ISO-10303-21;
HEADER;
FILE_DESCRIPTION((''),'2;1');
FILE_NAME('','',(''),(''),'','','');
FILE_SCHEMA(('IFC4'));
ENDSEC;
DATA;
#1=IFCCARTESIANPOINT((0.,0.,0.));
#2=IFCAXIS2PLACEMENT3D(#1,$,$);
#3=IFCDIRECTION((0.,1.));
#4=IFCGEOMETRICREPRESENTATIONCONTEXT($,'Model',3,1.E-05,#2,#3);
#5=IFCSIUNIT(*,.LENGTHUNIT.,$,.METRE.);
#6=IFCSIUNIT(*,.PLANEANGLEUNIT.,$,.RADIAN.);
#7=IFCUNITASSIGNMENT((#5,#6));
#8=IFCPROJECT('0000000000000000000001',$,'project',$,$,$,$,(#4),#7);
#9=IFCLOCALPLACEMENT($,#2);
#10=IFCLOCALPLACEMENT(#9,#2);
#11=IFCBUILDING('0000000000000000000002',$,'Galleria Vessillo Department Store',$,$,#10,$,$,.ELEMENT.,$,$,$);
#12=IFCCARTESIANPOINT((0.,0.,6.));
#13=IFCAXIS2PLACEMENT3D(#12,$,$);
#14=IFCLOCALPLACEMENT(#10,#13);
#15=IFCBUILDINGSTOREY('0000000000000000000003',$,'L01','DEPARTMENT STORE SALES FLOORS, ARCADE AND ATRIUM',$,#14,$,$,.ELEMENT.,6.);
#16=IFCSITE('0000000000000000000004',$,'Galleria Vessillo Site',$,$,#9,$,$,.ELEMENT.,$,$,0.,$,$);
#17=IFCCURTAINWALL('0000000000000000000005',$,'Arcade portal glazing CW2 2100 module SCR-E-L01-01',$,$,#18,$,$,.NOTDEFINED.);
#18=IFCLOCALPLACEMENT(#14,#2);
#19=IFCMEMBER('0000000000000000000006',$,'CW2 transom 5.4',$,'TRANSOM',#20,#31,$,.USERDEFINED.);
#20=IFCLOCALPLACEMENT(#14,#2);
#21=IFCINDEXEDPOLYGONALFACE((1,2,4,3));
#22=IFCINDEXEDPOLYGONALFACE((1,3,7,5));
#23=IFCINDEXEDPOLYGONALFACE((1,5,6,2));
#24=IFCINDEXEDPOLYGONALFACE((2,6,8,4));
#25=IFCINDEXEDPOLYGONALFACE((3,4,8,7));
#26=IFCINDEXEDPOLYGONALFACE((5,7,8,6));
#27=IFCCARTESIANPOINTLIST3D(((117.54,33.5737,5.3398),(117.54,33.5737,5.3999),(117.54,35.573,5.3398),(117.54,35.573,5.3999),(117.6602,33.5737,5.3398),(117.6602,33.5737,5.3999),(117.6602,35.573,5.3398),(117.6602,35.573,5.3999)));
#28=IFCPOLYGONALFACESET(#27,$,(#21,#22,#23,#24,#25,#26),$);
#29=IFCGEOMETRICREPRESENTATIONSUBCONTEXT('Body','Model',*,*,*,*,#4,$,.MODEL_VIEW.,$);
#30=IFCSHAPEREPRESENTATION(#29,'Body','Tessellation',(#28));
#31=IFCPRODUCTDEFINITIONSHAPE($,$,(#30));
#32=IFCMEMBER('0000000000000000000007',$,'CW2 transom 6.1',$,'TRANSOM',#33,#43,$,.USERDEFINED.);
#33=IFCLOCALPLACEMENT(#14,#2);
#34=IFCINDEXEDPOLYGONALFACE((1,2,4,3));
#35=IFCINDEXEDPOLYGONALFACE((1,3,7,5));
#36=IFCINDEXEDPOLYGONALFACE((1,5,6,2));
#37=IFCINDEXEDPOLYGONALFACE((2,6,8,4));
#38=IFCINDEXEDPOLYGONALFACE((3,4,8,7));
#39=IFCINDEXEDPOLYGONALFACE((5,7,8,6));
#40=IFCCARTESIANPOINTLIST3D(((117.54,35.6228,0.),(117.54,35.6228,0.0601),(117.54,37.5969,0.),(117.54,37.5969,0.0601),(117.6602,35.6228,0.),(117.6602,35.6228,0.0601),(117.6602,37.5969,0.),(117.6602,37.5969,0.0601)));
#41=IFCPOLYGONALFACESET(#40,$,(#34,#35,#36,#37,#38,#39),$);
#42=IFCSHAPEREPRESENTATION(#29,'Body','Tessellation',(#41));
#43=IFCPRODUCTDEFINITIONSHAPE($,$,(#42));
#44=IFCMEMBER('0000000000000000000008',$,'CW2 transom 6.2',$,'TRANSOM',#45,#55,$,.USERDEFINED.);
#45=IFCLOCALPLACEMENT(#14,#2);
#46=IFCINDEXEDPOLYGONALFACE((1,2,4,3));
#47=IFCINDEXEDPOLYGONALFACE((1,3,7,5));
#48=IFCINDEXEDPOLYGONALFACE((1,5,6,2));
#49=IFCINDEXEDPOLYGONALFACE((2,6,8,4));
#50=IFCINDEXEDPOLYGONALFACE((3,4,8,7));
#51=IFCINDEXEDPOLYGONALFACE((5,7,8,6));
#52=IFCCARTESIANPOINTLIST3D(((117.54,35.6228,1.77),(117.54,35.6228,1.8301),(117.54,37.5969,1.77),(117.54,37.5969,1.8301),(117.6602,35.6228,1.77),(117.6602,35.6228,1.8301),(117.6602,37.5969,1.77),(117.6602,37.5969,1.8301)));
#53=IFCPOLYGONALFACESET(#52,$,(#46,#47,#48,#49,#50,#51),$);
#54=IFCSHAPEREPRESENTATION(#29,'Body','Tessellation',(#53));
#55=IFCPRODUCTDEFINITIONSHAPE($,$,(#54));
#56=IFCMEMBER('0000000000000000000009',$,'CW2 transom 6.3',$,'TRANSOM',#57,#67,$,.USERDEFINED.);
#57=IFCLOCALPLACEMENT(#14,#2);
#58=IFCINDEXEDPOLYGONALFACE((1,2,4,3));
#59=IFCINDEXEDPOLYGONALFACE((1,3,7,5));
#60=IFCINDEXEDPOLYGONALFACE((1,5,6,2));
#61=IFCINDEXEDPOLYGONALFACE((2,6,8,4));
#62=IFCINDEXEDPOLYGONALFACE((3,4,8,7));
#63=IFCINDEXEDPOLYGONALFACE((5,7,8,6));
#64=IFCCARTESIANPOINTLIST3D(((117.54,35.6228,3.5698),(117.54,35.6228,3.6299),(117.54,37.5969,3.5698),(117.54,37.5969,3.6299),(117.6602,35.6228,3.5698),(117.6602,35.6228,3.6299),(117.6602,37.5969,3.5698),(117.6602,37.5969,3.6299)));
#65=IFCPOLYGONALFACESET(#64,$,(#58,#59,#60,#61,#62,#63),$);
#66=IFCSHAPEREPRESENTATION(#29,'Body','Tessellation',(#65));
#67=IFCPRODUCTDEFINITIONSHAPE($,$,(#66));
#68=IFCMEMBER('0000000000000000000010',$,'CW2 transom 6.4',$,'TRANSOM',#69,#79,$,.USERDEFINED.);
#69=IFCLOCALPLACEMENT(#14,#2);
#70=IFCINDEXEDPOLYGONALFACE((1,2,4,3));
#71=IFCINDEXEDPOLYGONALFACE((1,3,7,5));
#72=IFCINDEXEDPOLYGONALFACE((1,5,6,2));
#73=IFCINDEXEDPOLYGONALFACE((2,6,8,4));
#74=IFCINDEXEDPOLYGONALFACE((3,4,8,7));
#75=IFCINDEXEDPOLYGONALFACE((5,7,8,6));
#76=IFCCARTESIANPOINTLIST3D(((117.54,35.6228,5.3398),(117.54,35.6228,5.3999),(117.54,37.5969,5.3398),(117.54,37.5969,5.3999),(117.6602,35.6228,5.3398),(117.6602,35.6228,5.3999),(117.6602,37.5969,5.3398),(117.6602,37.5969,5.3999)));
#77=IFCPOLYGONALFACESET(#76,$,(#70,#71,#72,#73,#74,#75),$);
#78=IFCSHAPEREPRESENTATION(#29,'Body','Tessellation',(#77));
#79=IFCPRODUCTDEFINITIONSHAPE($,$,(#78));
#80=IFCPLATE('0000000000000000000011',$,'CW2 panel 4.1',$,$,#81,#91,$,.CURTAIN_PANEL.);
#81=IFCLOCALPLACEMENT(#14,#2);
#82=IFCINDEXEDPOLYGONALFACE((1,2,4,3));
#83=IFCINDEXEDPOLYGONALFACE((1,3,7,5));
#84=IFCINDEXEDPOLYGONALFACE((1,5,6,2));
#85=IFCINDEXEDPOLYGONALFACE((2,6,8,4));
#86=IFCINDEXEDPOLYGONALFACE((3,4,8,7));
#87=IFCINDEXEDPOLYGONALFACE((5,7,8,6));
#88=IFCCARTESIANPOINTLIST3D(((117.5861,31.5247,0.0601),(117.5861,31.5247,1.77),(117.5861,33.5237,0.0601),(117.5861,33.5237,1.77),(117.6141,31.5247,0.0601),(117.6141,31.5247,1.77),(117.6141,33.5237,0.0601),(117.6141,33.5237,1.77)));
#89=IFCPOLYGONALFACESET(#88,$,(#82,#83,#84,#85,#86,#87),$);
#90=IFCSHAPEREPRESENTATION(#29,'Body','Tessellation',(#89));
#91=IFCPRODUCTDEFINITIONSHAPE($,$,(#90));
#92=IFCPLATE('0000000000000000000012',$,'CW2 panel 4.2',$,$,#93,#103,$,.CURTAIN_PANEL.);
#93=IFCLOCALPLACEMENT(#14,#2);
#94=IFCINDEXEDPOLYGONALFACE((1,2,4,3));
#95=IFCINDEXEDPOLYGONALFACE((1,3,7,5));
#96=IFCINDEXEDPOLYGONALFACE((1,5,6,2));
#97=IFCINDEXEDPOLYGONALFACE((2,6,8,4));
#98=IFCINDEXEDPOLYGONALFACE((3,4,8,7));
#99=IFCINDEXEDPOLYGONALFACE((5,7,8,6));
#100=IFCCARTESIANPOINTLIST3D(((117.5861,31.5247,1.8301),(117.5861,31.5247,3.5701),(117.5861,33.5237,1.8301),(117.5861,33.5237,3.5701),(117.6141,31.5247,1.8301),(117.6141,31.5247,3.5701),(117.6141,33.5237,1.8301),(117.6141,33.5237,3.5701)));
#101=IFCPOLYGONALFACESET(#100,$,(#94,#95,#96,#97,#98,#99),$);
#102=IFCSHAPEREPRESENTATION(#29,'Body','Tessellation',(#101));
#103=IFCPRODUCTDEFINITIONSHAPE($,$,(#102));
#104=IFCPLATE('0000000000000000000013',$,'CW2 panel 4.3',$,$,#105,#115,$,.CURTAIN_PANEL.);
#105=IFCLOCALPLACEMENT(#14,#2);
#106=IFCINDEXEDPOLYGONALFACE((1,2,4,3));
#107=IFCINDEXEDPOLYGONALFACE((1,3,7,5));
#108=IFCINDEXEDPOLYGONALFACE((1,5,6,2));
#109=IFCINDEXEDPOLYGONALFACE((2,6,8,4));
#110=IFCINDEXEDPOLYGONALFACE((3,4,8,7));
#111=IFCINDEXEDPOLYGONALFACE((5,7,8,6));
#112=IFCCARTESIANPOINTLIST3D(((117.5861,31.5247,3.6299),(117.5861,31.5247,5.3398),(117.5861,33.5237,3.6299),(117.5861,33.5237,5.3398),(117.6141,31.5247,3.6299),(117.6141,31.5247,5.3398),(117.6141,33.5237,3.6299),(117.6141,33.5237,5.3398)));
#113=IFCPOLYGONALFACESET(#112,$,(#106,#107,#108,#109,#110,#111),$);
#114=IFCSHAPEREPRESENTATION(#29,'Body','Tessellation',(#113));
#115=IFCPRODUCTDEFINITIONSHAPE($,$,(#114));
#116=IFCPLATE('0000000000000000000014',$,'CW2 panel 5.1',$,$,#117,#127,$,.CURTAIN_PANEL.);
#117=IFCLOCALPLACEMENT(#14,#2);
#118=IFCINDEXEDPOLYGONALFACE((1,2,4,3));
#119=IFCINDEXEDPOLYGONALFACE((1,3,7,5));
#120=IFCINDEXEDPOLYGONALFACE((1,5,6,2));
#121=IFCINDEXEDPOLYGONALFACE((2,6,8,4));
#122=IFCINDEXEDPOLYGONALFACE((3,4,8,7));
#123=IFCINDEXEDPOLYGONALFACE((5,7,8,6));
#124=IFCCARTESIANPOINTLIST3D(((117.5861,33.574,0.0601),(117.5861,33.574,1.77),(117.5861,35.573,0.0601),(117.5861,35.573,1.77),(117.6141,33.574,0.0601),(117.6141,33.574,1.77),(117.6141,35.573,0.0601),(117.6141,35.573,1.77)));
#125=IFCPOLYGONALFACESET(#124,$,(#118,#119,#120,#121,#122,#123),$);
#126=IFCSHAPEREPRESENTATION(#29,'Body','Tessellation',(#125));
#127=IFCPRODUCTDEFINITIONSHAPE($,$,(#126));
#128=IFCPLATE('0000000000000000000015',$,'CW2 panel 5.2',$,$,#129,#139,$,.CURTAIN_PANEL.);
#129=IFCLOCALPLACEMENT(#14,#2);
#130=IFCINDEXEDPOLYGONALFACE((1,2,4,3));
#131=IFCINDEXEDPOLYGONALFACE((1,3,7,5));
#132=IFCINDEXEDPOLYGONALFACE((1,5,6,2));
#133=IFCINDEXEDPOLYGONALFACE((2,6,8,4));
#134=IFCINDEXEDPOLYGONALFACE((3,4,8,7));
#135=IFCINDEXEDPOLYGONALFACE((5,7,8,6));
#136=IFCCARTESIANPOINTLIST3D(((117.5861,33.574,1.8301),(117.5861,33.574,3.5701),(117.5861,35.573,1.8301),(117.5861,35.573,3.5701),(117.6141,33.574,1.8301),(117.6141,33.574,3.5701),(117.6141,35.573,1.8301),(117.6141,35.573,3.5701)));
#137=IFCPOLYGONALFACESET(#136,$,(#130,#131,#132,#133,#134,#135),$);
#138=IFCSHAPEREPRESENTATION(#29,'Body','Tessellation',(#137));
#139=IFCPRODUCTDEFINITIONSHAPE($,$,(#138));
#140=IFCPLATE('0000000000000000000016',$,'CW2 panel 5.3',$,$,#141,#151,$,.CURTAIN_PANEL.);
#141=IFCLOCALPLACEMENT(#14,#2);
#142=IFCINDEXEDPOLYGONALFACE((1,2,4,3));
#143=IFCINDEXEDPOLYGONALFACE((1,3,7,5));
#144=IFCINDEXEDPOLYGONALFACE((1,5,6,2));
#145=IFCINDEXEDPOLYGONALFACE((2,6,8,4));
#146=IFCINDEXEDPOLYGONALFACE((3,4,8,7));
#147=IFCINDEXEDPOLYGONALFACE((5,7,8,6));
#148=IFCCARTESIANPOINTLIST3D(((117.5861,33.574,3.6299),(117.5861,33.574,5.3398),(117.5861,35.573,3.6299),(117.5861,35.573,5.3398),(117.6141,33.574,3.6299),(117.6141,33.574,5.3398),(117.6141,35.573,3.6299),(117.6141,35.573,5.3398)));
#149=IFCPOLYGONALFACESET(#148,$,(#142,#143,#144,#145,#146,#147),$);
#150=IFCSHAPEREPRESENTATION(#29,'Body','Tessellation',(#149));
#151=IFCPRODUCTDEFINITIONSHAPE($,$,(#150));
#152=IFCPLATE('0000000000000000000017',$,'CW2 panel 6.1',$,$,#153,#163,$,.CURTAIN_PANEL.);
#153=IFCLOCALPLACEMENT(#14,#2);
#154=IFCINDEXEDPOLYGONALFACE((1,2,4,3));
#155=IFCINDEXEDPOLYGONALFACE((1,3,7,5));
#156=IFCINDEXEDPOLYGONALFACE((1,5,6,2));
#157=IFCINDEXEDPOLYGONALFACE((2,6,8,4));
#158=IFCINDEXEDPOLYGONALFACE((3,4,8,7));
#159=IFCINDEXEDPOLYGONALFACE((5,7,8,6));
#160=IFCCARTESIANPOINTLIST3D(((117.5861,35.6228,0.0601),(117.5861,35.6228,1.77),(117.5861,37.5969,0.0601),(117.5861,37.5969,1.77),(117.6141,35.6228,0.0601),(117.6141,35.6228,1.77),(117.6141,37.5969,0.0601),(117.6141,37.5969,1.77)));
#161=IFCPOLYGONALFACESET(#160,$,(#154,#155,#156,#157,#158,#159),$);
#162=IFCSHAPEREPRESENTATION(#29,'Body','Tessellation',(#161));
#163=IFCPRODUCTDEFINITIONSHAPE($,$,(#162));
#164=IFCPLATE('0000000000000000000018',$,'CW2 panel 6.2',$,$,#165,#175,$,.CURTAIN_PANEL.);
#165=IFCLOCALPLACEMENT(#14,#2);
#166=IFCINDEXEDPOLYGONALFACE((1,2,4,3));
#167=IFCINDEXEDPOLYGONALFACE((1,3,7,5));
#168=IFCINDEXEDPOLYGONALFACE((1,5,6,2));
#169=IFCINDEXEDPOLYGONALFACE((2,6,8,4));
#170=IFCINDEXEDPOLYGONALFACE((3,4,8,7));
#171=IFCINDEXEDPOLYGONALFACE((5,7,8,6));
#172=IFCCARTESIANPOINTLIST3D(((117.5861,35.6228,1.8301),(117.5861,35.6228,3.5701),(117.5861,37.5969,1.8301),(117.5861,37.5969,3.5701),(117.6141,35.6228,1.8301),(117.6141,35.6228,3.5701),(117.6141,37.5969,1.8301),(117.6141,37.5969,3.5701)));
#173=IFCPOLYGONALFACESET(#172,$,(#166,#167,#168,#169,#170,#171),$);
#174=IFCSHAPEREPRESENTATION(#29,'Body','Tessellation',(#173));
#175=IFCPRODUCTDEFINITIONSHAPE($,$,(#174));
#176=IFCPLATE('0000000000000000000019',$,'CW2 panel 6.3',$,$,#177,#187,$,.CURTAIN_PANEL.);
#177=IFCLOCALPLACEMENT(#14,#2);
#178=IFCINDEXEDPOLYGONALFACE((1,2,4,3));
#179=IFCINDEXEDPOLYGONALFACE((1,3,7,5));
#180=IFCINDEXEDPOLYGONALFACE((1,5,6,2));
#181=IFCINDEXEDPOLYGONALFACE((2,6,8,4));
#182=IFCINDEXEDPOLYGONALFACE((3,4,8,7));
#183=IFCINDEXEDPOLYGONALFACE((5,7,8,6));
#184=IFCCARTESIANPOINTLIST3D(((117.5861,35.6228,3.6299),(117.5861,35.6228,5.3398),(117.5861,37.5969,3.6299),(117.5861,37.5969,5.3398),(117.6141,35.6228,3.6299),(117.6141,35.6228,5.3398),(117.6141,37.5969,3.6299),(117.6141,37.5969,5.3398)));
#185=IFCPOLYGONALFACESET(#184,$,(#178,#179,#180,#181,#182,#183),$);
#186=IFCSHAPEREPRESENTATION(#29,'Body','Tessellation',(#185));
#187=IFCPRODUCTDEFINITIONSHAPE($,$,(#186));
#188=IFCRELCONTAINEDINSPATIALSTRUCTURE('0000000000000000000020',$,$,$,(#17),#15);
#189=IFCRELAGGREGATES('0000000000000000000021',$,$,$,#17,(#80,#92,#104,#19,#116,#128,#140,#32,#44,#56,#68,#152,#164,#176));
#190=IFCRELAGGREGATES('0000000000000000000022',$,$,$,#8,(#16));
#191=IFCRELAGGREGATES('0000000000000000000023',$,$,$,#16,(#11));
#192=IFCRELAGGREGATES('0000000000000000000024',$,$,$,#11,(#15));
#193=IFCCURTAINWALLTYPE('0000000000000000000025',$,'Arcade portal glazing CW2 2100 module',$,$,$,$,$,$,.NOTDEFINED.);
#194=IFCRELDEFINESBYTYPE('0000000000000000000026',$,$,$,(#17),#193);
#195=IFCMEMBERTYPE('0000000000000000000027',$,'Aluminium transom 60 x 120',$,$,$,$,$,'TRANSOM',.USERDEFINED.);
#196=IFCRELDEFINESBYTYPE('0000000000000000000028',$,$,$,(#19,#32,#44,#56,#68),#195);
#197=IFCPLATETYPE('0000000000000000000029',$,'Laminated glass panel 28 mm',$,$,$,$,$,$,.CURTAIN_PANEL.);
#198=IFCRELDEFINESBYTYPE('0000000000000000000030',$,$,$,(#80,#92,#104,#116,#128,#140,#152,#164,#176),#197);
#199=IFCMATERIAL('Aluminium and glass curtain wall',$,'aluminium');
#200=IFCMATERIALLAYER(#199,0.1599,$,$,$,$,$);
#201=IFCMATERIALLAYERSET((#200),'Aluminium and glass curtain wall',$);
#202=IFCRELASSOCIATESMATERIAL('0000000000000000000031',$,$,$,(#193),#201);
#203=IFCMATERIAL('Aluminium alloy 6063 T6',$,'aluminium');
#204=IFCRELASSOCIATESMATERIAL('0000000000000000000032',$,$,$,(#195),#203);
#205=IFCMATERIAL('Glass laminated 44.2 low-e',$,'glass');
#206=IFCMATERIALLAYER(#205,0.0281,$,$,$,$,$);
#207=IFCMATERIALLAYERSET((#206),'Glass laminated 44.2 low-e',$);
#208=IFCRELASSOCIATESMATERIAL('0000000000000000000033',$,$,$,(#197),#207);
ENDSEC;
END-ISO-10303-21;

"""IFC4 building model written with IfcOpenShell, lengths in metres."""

from ifc_helpers import new_model, si_unit, direction, frame, origin, origin_2d, place, context, subcontext, project, spatial, rectangle, extrude, material, layer, layer_set, material_profile, profile_set, type_object, element, aggregate, save


model = new_model("IFC4")

# Units and contexts
model_context = context("Model", 3, precision=1e-05, world=origin(), true_north=direction((0.0, 1.0)))
body_context = subcontext(model_context, "Body", "Model", "MODEL_VIEW")
ifc_project = project(units=[si_unit("LENGTHUNIT", "METRE"), si_unit("PLANEANGLEUNIT", "RADIAN")], contexts=[model_context])

# Site, building, storey
site_placement = place(None, origin())
site = spatial("IfcSite", under=ifc_project, at=site_placement, Name="Galleria Vessillo Site", CompositionType="ELEMENT", RefElevation=0.0)
building_placement = place(site_placement, origin())
building = spatial("IfcBuilding", under=site, at=building_placement, Name="Galleria Vessillo Department Store", CompositionType="ELEMENT")
storey_placement = place(building_placement, frame((0.0, 0.0, 6.0)))
storey = spatial("IfcBuildingStorey", under=building, at=storey_placement, Name="L01", Description="DEPARTMENT STORE SALES FLOORS, ARCADE AND ATRIUM", CompositionType="ELEMENT", Elevation=6.0)

# Curtain wall, members, plates
ifc_material_1 = material(Name="Aluminium and glass curtain wall", Category="aluminium")
ifc_layer_1 = layer(ifc_material_1, 0.1599)
ifc_layer_set_1 = layer_set([ifc_layer_1], Name="Aluminium and glass curtain wall")
curtain_wall_type = type_object("IfcCurtainWallType", Name="Arcade portal glazing CW2 2100 module", PredefinedType="NOTDEFINED", material=ifc_layer_set_1)
curtain_wall_placement = place(storey_placement, origin())
curtain_wall = element("IfcCurtainWall", 1, at=curtain_wall_placement, inside=storey, type_object=curtain_wall_type, Name="Arcade portal glazing CW2 2100 module SCR-E-L01-01", PredefinedType="NOTDEFINED")
ifc_material_2 = material(Name="Aluminium alloy 6063 T6", Category="aluminium")
ifc_material_profile_1 = material_profile(ifc_material_2, rectangle(XDim=0.1201, YDim=0.0601, at=origin_2d()), Name="AL 60x120")
ifc_profile_set_1 = profile_set([ifc_material_profile_1], Name="Aluminium alloy 6063 T6")
member_type_1 = type_object("IfcMemberType", Name="Aluminium transom 60 x 120", ElementType="TRANSOM", PredefinedType="USERDEFINED", material=ifc_profile_set_1)
member_1_placement = place(storey_placement, frame((117.6001, 33.5737, 5.3699), z_axis=(0.0, 1.0, 0.0), x_axis=(-1.0, 0.0, 0.0)))
member_1 = element("IfcMember", 2, at=member_1_placement, type_object=member_type_1, Name="CW2 transom 5.4", ObjectType="TRANSOM", PredefinedType="USERDEFINED", context=body_context, shape_type="SweptSolid", body=[
    extrude(rectangle(XDim=0.1201, YDim=0.0601, at=origin_2d()), origin(), (0.0, 0.0, 1.0), 1.9993),
])
member_2_placement = place(storey_placement, frame((117.6001, 35.6228, 0.03), z_axis=(0.0, 1.0, 0.0), x_axis=(-1.0, 0.0, 0.0)))
member_2 = element("IfcMember", 3, at=member_2_placement, type_object=member_type_1, Name="CW2 transom 6.1", ObjectType="TRANSOM", PredefinedType="USERDEFINED", context=body_context, shape_type="SweptSolid", body=[
    extrude(rectangle(XDim=0.1201, YDim=0.0601, at=origin_2d()), origin(), (0.0, 0.0, 1.0), 1.9741),
])
member_3_placement = place(storey_placement, frame((117.6001, 35.6228, 1.8), z_axis=(0.0, 1.0, 0.0), x_axis=(-1.0, 0.0, 0.0)))
member_3 = element("IfcMember", 4, at=member_3_placement, type_object=member_type_1, Name="CW2 transom 6.2", ObjectType="TRANSOM", PredefinedType="USERDEFINED", context=body_context, shape_type="SweptSolid", body=[
    extrude(rectangle(XDim=0.1201, YDim=0.0601, at=origin_2d()), origin(), (0.0, 0.0, 1.0), 1.9741),
])
member_4_placement = place(storey_placement, frame((117.6001, 35.6228, 3.5999), z_axis=(0.0, 1.0, 0.0), x_axis=(-1.0, 0.0, 0.0)))
member_4 = element("IfcMember", 5, at=member_4_placement, type_object=member_type_1, Name="CW2 transom 6.3", ObjectType="TRANSOM", PredefinedType="USERDEFINED", context=body_context, shape_type="SweptSolid", body=[
    extrude(rectangle(XDim=0.1201, YDim=0.0601, at=origin_2d()), origin(), (0.0, 0.0, 1.0), 1.9741),
])
member_5_placement = place(storey_placement, frame((117.6001, 35.6228, 5.3699), z_axis=(0.0, 1.0, 0.0), x_axis=(-1.0, 0.0, 0.0)))
member_5 = element("IfcMember", 6, at=member_5_placement, type_object=member_type_1, Name="CW2 transom 6.4", ObjectType="TRANSOM", PredefinedType="USERDEFINED", context=body_context, shape_type="SweptSolid", body=[
    extrude(rectangle(XDim=0.1201, YDim=0.0601, at=origin_2d()), origin(), (0.0, 0.0, 1.0), 1.9741),
])
ifc_material_3 = material(Name="Glass laminated 44.2 low-e", Category="glass")
ifc_layer_2 = layer(ifc_material_3, 0.0281)
ifc_layer_set_2 = layer_set([ifc_layer_2], Name="Glass laminated 44.2 low-e")
plate_type = type_object("IfcPlateType", Name="Laminated glass panel 28 mm", PredefinedType="CURTAIN_PANEL", material=ifc_layer_set_2)
plate_1_placement = place(storey_placement, frame((117.6001, 32.5242, 0.0601), z_axis=(0.0, 0.0, 1.0), x_axis=(0.0, 1.0, 0.0)))
plate_1 = element("IfcPlate", 7, at=plate_1_placement, type_object=plate_type, Name="CW2 panel 4.1", PredefinedType="CURTAIN_PANEL", context=body_context, shape_type="SweptSolid", body=[
    extrude(rectangle(XDim=1.999, YDim=0.0281, at=origin_2d()), origin(), (0.0, 0.0, 1.0), 1.71),
])
plate_2_placement = place(storey_placement, frame((117.6001, 32.5242, 1.8301), z_axis=(0.0, 0.0, 1.0), x_axis=(0.0, 1.0, 0.0)))
plate_2 = element("IfcPlate", 8, at=plate_2_placement, type_object=plate_type, Name="CW2 panel 4.2", PredefinedType="CURTAIN_PANEL", context=body_context, shape_type="SweptSolid", body=[
    extrude(rectangle(XDim=1.999, YDim=0.0281, at=origin_2d()), origin(), (0.0, 0.0, 1.0), 1.74),
])
plate_3_placement = place(storey_placement, frame((117.6001, 32.5242, 3.6299), z_axis=(0.0, 0.0, 1.0), x_axis=(0.0, 1.0, 0.0)))
plate_3 = element("IfcPlate", 9, at=plate_3_placement, type_object=plate_type, Name="CW2 panel 4.3", PredefinedType="CURTAIN_PANEL", context=body_context, shape_type="SweptSolid", body=[
    extrude(rectangle(XDim=1.999, YDim=0.0281, at=origin_2d()), origin(), (0.0, 0.0, 1.0), 1.71),
])
plate_4_placement = place(storey_placement, frame((117.6001, 34.5735, 0.0601), z_axis=(0.0, 0.0, 1.0), x_axis=(0.0, 1.0, 0.0)))
plate_4 = element("IfcPlate", 10, at=plate_4_placement, type_object=plate_type, Name="CW2 panel 5.1", PredefinedType="CURTAIN_PANEL", context=body_context, shape_type="SweptSolid", body=[
    extrude(rectangle(XDim=1.999, YDim=0.0281, at=origin_2d()), origin(), (0.0, 0.0, 1.0), 1.71),
])
plate_5_placement = place(storey_placement, frame((117.6001, 34.5735, 1.8301), z_axis=(0.0, 0.0, 1.0), x_axis=(0.0, 1.0, 0.0)))
plate_5 = element("IfcPlate", 11, at=plate_5_placement, type_object=plate_type, Name="CW2 panel 5.2", PredefinedType="CURTAIN_PANEL", context=body_context, shape_type="SweptSolid", body=[
    extrude(rectangle(XDim=1.999, YDim=0.0281, at=origin_2d()), origin(), (0.0, 0.0, 1.0), 1.74),
])
plate_6_placement = place(storey_placement, frame((117.6001, 34.5735, 3.6299), z_axis=(0.0, 0.0, 1.0), x_axis=(0.0, 1.0, 0.0)))
plate_6 = element("IfcPlate", 12, at=plate_6_placement, type_object=plate_type, Name="CW2 panel 5.3", PredefinedType="CURTAIN_PANEL", context=body_context, shape_type="SweptSolid", body=[
    extrude(rectangle(XDim=1.999, YDim=0.0281, at=origin_2d()), origin(), (0.0, 0.0, 1.0), 1.71),
])
plate_7_placement = place(storey_placement, frame((117.6001, 36.6099, 0.0601), z_axis=(0.0, 0.0, 1.0), x_axis=(0.0, 1.0, 0.0)))
plate_7 = element("IfcPlate", 13, at=plate_7_placement, type_object=plate_type, Name="CW2 panel 6.1", PredefinedType="CURTAIN_PANEL", context=body_context, shape_type="SweptSolid", body=[
    extrude(rectangle(XDim=1.9741, YDim=0.0281, at=origin_2d()), origin(), (0.0, 0.0, 1.0), 1.71),
])
plate_8_placement = place(storey_placement, frame((117.6001, 36.6099, 1.8301), z_axis=(0.0, 0.0, 1.0), x_axis=(0.0, 1.0, 0.0)))
plate_8 = element("IfcPlate", 14, at=plate_8_placement, type_object=plate_type, Name="CW2 panel 6.2", PredefinedType="CURTAIN_PANEL", context=body_context, shape_type="SweptSolid", body=[
    extrude(rectangle(XDim=1.9741, YDim=0.0281, at=origin_2d()), origin(), (0.0, 0.0, 1.0), 1.74),
])
plate_9_placement = place(storey_placement, frame((117.6001, 36.6099, 3.6299), z_axis=(0.0, 0.0, 1.0), x_axis=(0.0, 1.0, 0.0)))
plate_9 = element("IfcPlate", 15, at=plate_9_placement, type_object=plate_type, Name="CW2 panel 6.3", PredefinedType="CURTAIN_PANEL", context=body_context, shape_type="SweptSolid", body=[
    extrude(rectangle(XDim=1.9741, YDim=0.0281, at=origin_2d()), origin(), (0.0, 0.0, 1.0), 1.71),
])
aggregate(curtain_wall, [plate_1, plate_2, plate_3, member_1, plate_4, plate_5, plate_6, member_2, member_3, member_4, member_5, plate_7, plate_8, plate_9])

save(model, "model.ifc")
